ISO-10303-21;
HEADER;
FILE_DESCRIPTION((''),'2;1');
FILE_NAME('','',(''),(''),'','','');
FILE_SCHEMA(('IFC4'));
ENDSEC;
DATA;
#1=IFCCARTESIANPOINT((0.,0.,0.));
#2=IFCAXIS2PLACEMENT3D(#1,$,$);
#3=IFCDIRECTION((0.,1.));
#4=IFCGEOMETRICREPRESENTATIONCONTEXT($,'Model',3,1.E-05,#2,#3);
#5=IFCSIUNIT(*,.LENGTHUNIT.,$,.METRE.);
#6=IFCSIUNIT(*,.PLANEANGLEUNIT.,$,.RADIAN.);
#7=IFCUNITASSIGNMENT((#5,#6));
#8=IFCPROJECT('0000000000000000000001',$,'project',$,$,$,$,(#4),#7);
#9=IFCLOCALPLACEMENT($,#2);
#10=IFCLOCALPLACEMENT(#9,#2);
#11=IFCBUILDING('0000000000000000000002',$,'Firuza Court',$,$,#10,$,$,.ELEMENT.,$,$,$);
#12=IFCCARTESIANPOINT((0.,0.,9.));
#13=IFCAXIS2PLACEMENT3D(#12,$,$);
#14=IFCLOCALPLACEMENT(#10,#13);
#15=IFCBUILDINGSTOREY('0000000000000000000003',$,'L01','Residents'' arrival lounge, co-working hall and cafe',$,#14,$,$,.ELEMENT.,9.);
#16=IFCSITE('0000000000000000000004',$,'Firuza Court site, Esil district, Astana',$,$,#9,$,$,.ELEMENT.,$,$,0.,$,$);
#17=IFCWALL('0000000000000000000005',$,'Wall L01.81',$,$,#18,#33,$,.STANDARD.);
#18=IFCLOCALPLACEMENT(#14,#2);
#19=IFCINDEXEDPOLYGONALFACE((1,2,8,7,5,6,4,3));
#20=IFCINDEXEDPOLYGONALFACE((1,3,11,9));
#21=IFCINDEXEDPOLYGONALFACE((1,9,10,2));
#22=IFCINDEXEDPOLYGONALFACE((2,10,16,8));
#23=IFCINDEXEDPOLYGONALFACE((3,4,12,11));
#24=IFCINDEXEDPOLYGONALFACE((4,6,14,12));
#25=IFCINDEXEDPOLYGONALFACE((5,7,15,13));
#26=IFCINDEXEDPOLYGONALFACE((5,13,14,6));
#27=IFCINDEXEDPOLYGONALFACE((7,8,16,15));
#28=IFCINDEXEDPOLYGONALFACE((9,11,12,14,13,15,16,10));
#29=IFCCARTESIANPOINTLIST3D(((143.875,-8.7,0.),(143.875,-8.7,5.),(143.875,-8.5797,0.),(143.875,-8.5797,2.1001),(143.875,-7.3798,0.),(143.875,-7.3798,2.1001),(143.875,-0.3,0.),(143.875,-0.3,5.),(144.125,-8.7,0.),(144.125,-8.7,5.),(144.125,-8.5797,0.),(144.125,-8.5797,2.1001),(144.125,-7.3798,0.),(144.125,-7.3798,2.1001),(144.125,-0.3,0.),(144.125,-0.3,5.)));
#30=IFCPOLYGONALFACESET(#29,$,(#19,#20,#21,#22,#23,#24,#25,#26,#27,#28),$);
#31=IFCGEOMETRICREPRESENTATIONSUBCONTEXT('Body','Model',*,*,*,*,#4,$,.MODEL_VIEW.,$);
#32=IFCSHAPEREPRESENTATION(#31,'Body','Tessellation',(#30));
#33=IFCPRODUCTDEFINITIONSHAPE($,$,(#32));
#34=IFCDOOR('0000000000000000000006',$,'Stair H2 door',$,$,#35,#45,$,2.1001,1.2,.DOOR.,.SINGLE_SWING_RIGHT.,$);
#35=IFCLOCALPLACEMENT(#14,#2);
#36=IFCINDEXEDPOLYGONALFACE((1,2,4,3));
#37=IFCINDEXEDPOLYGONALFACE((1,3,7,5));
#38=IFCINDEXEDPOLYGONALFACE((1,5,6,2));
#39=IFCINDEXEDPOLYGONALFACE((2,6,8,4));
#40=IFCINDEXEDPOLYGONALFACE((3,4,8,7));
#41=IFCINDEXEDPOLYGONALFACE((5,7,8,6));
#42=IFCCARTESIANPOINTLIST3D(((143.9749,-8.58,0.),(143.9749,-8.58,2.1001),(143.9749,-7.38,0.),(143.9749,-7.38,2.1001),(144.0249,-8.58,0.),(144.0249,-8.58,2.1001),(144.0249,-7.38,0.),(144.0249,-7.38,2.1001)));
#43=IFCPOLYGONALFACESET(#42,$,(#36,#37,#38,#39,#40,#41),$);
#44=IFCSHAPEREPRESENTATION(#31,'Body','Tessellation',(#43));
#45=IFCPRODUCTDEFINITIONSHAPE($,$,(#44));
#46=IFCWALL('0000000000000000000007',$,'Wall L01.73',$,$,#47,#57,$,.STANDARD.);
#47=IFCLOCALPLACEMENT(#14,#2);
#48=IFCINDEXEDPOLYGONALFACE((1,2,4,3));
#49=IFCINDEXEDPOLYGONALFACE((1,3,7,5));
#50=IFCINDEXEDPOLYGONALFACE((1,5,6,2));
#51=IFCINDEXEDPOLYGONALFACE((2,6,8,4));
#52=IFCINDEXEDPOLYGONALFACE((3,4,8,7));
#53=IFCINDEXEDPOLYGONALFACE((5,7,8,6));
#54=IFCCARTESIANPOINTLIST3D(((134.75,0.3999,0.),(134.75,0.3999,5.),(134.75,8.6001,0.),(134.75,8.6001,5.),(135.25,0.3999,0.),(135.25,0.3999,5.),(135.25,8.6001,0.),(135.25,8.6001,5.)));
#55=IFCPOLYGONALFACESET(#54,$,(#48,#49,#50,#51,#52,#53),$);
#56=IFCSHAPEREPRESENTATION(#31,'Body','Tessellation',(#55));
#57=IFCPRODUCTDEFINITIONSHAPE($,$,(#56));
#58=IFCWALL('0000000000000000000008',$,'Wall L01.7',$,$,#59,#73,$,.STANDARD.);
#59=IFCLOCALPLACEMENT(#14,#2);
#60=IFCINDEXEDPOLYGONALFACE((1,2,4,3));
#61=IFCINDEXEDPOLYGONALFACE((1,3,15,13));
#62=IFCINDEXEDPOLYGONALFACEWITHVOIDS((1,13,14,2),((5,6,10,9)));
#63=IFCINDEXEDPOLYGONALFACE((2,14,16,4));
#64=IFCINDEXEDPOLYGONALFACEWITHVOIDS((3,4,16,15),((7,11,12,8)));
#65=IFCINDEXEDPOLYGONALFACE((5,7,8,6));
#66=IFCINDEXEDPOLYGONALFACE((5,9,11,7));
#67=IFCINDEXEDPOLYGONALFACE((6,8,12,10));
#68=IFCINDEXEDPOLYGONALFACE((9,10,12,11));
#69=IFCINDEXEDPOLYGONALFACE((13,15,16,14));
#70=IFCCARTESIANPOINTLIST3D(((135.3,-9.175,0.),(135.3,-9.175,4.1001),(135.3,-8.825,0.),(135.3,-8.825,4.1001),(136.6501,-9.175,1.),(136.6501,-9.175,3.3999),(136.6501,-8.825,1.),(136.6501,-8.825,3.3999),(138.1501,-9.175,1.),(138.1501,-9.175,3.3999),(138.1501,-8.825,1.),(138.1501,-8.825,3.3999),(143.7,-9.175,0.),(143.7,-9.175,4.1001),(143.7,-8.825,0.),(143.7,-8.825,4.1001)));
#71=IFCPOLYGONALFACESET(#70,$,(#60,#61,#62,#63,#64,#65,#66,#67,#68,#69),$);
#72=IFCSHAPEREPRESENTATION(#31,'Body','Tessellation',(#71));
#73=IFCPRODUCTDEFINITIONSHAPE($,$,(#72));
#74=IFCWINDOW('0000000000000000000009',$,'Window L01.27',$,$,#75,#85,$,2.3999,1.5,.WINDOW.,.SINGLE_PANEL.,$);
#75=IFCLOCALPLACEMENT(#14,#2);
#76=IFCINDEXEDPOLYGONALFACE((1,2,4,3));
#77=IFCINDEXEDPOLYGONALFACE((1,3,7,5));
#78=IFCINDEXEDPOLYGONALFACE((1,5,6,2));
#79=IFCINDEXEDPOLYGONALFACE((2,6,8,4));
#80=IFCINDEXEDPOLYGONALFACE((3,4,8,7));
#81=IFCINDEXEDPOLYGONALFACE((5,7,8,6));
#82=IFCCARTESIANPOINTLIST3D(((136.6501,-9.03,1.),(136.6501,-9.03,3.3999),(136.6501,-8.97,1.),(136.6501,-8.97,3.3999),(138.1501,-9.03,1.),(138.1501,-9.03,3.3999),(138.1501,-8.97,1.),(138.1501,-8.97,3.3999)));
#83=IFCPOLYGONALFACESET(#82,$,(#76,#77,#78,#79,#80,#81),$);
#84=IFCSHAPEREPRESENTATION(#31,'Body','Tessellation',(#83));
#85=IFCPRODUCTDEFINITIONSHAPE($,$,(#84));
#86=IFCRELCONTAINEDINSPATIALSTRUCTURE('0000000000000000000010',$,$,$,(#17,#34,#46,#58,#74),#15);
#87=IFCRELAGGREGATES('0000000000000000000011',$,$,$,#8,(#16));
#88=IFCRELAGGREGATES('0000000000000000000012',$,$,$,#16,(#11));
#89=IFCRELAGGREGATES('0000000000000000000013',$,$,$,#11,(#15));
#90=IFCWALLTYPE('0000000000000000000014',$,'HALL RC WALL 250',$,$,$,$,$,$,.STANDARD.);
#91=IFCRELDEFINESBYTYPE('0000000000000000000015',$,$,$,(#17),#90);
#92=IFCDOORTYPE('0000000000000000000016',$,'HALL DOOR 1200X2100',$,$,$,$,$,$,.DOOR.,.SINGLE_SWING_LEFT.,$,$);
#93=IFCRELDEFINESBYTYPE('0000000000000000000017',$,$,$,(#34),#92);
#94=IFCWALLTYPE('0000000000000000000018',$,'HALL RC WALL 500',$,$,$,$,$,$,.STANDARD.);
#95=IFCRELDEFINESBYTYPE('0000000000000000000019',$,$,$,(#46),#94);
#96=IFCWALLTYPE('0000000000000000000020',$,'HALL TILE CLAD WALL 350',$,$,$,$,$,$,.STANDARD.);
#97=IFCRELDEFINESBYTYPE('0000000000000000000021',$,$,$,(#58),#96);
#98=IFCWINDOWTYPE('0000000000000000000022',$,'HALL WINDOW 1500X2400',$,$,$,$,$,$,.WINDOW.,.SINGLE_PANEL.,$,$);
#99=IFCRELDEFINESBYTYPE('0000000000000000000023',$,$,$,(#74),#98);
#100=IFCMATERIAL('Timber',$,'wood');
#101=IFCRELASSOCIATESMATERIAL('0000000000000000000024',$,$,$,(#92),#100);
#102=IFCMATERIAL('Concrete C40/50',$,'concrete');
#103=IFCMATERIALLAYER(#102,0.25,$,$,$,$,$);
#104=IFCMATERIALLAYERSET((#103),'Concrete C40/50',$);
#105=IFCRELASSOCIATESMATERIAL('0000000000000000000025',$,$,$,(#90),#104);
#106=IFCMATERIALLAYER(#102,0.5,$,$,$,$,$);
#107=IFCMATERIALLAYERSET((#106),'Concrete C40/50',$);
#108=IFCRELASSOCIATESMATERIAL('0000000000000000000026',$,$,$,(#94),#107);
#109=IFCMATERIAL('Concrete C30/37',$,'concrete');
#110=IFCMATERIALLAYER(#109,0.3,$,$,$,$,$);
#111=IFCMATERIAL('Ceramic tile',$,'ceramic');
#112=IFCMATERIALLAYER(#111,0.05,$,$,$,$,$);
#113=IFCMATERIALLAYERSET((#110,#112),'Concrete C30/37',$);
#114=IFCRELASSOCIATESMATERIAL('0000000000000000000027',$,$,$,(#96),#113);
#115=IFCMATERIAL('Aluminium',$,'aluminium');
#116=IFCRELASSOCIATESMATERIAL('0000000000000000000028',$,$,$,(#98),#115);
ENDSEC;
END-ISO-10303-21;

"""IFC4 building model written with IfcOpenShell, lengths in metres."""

from ifc_helpers import new_model, si_unit, direction, frame, frame_2d, origin, place, context, subcontext, project, spatial, rectangle, extrude, material, layer, layer_set, type_object, element, fill, save


model = new_model("IFC4")

# Units and contexts
model_context = context("Model", 3, precision=1e-05, world=origin(), true_north=direction((0.0, 1.0)))
body_context = subcontext(model_context, "Body", "Model", "MODEL_VIEW")
ifc_project = project(units=[si_unit("LENGTHUNIT", "METRE"), si_unit("PLANEANGLEUNIT", "RADIAN")], contexts=[model_context])

# Site, building, storey
site_placement = place(None, origin())
site = spatial("IfcSite", under=ifc_project, at=site_placement, Name="Firuza Court site, Esil district, Astana", CompositionType="ELEMENT", RefElevation=0.0)
building_placement = place(site_placement, origin())
building = spatial("IfcBuilding", under=site, at=building_placement, Name="Firuza Court", CompositionType="ELEMENT")
storey_placement = place(building_placement, frame((0.0, 0.0, 9.0)))
storey = spatial("IfcBuildingStorey", under=building, at=storey_placement, Name="L01", Description="Residents' arrival lounge, co-working hall and cafe", CompositionType="ELEMENT", Elevation=9.0)

# Shared definitions
ifc_material_1 = material(Name="Timber", Category="wood")
door_type_1 = type_object("IfcDoorType", Name="HALL DOOR 1200X2100", OperationType="SINGLE_SWING_LEFT", PredefinedType="DOOR", material=ifc_material_1)

# Wall, opening, door
ifc_material_2 = material(Name="Concrete C40/50", Category="concrete")
ifc_layer_1 = layer(ifc_material_2, 0.25)
ifc_layer_set_1 = layer_set([ifc_layer_1], Name="Concrete C40/50")
wall_type_1 = type_object("IfcWallType", Name="HALL RC WALL 250", PredefinedType="STANDARD", material=ifc_layer_set_1)
wall_1_placement = place(storey_placement, frame((144.0, -8.7, 0.0), z_axis=(0.0, 0.0, 1.0), x_axis=(0.0, 1.0, 0.0)))
wall_1 = element("IfcWall", 1, at=wall_1_placement, inside=storey, type_object=wall_type_1, Name="Wall L01.81", PredefinedType="STANDARD", context=body_context, shape_type="SweptSolid", body=[
    extrude(rectangle(XDim=8.3999, YDim=0.25, at=frame_2d((4.2, 0.0))), origin(), (0.0, 0.0, 1.0), 5.0),
])
opening_1_placement = place(wall_1_placement, frame((0.1201, 0.0, 0.0)))
opening_1 = element("IfcOpeningElement", 2, at=opening_1_placement, cuts=wall_1, PredefinedType="OPENING", context=body_context, shape_type="SweptSolid", body=[
    extrude(rectangle(XDim=1.2, YDim=2.1001, at=frame_2d((0.6001, 1.05))), frame((0.0, 0.137, 0.0), z_axis=(0.0, -1.0, 0.0), x_axis=(1.0, 0.0, 0.0)), (0.0, 0.0, 1.0), 0.2739),
])
door_1_placement = place(opening_1_placement, frame((1.2, 0.0, 0.0), z_axis=(0.0, 0.0, 1.0), x_axis=(-1.0, 0.0, 0.0)))
door_1 = element("IfcDoor", 3, at=door_1_placement, inside=storey, type_object=door_type_1, Name="Stair H2 door", OperationType="SINGLE_SWING_RIGHT", OverallHeight=2.1001, OverallWidth=1.2, PredefinedType="DOOR", context=body_context, shape_type="SweptSolid", body=[
    extrude(rectangle(XDim=1.2, YDim=2.1001, at=frame_2d((0.6001, 1.05))), frame((0.0, 0.0249, 0.0), z_axis=(0.0, -1.0, 0.0), x_axis=(1.0, 0.0, 0.0)), (0.0, 0.0, 1.0), 0.05),
])
fill(opening_1, door_1)

# Wall
ifc_layer_2 = layer(ifc_material_2, 0.5)
ifc_layer_set_2 = layer_set([ifc_layer_2], Name="Concrete C40/50")
wall_type_2 = type_object("IfcWallType", Name="HALL RC WALL 500", PredefinedType="STANDARD", material=ifc_layer_set_2)
wall_2_placement = place(storey_placement, frame((135.0, 0.3999, 0.0), z_axis=(0.0, 0.0, 1.0), x_axis=(0.0, 1.0, 0.0)))
element("IfcWall", 4, at=wall_2_placement, inside=storey, type_object=wall_type_2, Name="Wall L01.73", PredefinedType="STANDARD", context=body_context, shape_type="SweptSolid", body=[
    extrude(rectangle(XDim=8.2002, YDim=0.5, at=frame_2d((4.1001, 0.0))), origin(), (0.0, 0.0, 1.0), 5.0),
])

# Wall, opening, window
ifc_material_3 = material(Name="Concrete C30/37", Category="concrete")
ifc_layer_3 = layer(ifc_material_3, 0.3)
ifc_material_4 = material(Name="Ceramic tile", Category="ceramic")
ifc_layer_4 = layer(ifc_material_4, 0.05)
ifc_layer_set_3 = layer_set([ifc_layer_3, ifc_layer_4], Name="Concrete C30/37")
wall_type_3 = type_object("IfcWallType", Name="HALL TILE CLAD WALL 350", PredefinedType="STANDARD", material=ifc_layer_set_3)
wall_3_placement = place(storey_placement, frame((135.3, -9.0, 0.0), z_axis=(0.0, 0.0, 1.0), x_axis=(1.0, 0.0, 0.0)))
wall_3 = element("IfcWall", 5, at=wall_3_placement, inside=storey, type_object=wall_type_3, Name="Wall L01.7", PredefinedType="STANDARD", context=body_context, shape_type="SweptSolid", body=[
    extrude(rectangle(XDim=8.3999, YDim=0.3501, at=frame_2d((4.2, 0.0))), origin(), (0.0, 0.0, 1.0), 4.1001),
])
opening_2_placement = place(wall_3_placement, frame((1.3501, 0.0, 1.0)))
opening_2 = element("IfcOpeningElement", 6, at=opening_2_placement, cuts=wall_3, PredefinedType="OPENING", context=body_context, shape_type="SweptSolid", body=[
    extrude(rectangle(XDim=1.5, YDim=2.3999, at=frame_2d((0.75, 1.2))), frame((0.0, 0.187, 0.0), z_axis=(0.0, -1.0, 0.0), x_axis=(1.0, 0.0, 0.0)), (0.0, 0.0, 1.0), 0.374),
])
ifc_material_5 = material(Name="Aluminium", Category="aluminium")
window_type = type_object("IfcWindowType", Name="HALL WINDOW 1500X2400", PartitioningType="SINGLE_PANEL", PredefinedType="WINDOW", material=ifc_material_5)
window_placement = place(opening_2_placement, origin())
window = element("IfcWindow", 7, at=window_placement, inside=storey, type_object=window_type, Name="Window L01.27", OverallHeight=2.3999, OverallWidth=1.5, PartitioningType="SINGLE_PANEL", PredefinedType="WINDOW", context=body_context, shape_type="SweptSolid", body=[
    extrude(rectangle(XDim=1.5, YDim=2.3999, at=frame_2d((0.75, 1.2))), frame((0.0, 0.03, 0.0), z_axis=(0.0, -1.0, 0.0), x_axis=(1.0, 0.0, 0.0)), (0.0, 0.0, 1.0), 0.0601),
])
fill(opening_2, window)

save(model, "model.ifc")
